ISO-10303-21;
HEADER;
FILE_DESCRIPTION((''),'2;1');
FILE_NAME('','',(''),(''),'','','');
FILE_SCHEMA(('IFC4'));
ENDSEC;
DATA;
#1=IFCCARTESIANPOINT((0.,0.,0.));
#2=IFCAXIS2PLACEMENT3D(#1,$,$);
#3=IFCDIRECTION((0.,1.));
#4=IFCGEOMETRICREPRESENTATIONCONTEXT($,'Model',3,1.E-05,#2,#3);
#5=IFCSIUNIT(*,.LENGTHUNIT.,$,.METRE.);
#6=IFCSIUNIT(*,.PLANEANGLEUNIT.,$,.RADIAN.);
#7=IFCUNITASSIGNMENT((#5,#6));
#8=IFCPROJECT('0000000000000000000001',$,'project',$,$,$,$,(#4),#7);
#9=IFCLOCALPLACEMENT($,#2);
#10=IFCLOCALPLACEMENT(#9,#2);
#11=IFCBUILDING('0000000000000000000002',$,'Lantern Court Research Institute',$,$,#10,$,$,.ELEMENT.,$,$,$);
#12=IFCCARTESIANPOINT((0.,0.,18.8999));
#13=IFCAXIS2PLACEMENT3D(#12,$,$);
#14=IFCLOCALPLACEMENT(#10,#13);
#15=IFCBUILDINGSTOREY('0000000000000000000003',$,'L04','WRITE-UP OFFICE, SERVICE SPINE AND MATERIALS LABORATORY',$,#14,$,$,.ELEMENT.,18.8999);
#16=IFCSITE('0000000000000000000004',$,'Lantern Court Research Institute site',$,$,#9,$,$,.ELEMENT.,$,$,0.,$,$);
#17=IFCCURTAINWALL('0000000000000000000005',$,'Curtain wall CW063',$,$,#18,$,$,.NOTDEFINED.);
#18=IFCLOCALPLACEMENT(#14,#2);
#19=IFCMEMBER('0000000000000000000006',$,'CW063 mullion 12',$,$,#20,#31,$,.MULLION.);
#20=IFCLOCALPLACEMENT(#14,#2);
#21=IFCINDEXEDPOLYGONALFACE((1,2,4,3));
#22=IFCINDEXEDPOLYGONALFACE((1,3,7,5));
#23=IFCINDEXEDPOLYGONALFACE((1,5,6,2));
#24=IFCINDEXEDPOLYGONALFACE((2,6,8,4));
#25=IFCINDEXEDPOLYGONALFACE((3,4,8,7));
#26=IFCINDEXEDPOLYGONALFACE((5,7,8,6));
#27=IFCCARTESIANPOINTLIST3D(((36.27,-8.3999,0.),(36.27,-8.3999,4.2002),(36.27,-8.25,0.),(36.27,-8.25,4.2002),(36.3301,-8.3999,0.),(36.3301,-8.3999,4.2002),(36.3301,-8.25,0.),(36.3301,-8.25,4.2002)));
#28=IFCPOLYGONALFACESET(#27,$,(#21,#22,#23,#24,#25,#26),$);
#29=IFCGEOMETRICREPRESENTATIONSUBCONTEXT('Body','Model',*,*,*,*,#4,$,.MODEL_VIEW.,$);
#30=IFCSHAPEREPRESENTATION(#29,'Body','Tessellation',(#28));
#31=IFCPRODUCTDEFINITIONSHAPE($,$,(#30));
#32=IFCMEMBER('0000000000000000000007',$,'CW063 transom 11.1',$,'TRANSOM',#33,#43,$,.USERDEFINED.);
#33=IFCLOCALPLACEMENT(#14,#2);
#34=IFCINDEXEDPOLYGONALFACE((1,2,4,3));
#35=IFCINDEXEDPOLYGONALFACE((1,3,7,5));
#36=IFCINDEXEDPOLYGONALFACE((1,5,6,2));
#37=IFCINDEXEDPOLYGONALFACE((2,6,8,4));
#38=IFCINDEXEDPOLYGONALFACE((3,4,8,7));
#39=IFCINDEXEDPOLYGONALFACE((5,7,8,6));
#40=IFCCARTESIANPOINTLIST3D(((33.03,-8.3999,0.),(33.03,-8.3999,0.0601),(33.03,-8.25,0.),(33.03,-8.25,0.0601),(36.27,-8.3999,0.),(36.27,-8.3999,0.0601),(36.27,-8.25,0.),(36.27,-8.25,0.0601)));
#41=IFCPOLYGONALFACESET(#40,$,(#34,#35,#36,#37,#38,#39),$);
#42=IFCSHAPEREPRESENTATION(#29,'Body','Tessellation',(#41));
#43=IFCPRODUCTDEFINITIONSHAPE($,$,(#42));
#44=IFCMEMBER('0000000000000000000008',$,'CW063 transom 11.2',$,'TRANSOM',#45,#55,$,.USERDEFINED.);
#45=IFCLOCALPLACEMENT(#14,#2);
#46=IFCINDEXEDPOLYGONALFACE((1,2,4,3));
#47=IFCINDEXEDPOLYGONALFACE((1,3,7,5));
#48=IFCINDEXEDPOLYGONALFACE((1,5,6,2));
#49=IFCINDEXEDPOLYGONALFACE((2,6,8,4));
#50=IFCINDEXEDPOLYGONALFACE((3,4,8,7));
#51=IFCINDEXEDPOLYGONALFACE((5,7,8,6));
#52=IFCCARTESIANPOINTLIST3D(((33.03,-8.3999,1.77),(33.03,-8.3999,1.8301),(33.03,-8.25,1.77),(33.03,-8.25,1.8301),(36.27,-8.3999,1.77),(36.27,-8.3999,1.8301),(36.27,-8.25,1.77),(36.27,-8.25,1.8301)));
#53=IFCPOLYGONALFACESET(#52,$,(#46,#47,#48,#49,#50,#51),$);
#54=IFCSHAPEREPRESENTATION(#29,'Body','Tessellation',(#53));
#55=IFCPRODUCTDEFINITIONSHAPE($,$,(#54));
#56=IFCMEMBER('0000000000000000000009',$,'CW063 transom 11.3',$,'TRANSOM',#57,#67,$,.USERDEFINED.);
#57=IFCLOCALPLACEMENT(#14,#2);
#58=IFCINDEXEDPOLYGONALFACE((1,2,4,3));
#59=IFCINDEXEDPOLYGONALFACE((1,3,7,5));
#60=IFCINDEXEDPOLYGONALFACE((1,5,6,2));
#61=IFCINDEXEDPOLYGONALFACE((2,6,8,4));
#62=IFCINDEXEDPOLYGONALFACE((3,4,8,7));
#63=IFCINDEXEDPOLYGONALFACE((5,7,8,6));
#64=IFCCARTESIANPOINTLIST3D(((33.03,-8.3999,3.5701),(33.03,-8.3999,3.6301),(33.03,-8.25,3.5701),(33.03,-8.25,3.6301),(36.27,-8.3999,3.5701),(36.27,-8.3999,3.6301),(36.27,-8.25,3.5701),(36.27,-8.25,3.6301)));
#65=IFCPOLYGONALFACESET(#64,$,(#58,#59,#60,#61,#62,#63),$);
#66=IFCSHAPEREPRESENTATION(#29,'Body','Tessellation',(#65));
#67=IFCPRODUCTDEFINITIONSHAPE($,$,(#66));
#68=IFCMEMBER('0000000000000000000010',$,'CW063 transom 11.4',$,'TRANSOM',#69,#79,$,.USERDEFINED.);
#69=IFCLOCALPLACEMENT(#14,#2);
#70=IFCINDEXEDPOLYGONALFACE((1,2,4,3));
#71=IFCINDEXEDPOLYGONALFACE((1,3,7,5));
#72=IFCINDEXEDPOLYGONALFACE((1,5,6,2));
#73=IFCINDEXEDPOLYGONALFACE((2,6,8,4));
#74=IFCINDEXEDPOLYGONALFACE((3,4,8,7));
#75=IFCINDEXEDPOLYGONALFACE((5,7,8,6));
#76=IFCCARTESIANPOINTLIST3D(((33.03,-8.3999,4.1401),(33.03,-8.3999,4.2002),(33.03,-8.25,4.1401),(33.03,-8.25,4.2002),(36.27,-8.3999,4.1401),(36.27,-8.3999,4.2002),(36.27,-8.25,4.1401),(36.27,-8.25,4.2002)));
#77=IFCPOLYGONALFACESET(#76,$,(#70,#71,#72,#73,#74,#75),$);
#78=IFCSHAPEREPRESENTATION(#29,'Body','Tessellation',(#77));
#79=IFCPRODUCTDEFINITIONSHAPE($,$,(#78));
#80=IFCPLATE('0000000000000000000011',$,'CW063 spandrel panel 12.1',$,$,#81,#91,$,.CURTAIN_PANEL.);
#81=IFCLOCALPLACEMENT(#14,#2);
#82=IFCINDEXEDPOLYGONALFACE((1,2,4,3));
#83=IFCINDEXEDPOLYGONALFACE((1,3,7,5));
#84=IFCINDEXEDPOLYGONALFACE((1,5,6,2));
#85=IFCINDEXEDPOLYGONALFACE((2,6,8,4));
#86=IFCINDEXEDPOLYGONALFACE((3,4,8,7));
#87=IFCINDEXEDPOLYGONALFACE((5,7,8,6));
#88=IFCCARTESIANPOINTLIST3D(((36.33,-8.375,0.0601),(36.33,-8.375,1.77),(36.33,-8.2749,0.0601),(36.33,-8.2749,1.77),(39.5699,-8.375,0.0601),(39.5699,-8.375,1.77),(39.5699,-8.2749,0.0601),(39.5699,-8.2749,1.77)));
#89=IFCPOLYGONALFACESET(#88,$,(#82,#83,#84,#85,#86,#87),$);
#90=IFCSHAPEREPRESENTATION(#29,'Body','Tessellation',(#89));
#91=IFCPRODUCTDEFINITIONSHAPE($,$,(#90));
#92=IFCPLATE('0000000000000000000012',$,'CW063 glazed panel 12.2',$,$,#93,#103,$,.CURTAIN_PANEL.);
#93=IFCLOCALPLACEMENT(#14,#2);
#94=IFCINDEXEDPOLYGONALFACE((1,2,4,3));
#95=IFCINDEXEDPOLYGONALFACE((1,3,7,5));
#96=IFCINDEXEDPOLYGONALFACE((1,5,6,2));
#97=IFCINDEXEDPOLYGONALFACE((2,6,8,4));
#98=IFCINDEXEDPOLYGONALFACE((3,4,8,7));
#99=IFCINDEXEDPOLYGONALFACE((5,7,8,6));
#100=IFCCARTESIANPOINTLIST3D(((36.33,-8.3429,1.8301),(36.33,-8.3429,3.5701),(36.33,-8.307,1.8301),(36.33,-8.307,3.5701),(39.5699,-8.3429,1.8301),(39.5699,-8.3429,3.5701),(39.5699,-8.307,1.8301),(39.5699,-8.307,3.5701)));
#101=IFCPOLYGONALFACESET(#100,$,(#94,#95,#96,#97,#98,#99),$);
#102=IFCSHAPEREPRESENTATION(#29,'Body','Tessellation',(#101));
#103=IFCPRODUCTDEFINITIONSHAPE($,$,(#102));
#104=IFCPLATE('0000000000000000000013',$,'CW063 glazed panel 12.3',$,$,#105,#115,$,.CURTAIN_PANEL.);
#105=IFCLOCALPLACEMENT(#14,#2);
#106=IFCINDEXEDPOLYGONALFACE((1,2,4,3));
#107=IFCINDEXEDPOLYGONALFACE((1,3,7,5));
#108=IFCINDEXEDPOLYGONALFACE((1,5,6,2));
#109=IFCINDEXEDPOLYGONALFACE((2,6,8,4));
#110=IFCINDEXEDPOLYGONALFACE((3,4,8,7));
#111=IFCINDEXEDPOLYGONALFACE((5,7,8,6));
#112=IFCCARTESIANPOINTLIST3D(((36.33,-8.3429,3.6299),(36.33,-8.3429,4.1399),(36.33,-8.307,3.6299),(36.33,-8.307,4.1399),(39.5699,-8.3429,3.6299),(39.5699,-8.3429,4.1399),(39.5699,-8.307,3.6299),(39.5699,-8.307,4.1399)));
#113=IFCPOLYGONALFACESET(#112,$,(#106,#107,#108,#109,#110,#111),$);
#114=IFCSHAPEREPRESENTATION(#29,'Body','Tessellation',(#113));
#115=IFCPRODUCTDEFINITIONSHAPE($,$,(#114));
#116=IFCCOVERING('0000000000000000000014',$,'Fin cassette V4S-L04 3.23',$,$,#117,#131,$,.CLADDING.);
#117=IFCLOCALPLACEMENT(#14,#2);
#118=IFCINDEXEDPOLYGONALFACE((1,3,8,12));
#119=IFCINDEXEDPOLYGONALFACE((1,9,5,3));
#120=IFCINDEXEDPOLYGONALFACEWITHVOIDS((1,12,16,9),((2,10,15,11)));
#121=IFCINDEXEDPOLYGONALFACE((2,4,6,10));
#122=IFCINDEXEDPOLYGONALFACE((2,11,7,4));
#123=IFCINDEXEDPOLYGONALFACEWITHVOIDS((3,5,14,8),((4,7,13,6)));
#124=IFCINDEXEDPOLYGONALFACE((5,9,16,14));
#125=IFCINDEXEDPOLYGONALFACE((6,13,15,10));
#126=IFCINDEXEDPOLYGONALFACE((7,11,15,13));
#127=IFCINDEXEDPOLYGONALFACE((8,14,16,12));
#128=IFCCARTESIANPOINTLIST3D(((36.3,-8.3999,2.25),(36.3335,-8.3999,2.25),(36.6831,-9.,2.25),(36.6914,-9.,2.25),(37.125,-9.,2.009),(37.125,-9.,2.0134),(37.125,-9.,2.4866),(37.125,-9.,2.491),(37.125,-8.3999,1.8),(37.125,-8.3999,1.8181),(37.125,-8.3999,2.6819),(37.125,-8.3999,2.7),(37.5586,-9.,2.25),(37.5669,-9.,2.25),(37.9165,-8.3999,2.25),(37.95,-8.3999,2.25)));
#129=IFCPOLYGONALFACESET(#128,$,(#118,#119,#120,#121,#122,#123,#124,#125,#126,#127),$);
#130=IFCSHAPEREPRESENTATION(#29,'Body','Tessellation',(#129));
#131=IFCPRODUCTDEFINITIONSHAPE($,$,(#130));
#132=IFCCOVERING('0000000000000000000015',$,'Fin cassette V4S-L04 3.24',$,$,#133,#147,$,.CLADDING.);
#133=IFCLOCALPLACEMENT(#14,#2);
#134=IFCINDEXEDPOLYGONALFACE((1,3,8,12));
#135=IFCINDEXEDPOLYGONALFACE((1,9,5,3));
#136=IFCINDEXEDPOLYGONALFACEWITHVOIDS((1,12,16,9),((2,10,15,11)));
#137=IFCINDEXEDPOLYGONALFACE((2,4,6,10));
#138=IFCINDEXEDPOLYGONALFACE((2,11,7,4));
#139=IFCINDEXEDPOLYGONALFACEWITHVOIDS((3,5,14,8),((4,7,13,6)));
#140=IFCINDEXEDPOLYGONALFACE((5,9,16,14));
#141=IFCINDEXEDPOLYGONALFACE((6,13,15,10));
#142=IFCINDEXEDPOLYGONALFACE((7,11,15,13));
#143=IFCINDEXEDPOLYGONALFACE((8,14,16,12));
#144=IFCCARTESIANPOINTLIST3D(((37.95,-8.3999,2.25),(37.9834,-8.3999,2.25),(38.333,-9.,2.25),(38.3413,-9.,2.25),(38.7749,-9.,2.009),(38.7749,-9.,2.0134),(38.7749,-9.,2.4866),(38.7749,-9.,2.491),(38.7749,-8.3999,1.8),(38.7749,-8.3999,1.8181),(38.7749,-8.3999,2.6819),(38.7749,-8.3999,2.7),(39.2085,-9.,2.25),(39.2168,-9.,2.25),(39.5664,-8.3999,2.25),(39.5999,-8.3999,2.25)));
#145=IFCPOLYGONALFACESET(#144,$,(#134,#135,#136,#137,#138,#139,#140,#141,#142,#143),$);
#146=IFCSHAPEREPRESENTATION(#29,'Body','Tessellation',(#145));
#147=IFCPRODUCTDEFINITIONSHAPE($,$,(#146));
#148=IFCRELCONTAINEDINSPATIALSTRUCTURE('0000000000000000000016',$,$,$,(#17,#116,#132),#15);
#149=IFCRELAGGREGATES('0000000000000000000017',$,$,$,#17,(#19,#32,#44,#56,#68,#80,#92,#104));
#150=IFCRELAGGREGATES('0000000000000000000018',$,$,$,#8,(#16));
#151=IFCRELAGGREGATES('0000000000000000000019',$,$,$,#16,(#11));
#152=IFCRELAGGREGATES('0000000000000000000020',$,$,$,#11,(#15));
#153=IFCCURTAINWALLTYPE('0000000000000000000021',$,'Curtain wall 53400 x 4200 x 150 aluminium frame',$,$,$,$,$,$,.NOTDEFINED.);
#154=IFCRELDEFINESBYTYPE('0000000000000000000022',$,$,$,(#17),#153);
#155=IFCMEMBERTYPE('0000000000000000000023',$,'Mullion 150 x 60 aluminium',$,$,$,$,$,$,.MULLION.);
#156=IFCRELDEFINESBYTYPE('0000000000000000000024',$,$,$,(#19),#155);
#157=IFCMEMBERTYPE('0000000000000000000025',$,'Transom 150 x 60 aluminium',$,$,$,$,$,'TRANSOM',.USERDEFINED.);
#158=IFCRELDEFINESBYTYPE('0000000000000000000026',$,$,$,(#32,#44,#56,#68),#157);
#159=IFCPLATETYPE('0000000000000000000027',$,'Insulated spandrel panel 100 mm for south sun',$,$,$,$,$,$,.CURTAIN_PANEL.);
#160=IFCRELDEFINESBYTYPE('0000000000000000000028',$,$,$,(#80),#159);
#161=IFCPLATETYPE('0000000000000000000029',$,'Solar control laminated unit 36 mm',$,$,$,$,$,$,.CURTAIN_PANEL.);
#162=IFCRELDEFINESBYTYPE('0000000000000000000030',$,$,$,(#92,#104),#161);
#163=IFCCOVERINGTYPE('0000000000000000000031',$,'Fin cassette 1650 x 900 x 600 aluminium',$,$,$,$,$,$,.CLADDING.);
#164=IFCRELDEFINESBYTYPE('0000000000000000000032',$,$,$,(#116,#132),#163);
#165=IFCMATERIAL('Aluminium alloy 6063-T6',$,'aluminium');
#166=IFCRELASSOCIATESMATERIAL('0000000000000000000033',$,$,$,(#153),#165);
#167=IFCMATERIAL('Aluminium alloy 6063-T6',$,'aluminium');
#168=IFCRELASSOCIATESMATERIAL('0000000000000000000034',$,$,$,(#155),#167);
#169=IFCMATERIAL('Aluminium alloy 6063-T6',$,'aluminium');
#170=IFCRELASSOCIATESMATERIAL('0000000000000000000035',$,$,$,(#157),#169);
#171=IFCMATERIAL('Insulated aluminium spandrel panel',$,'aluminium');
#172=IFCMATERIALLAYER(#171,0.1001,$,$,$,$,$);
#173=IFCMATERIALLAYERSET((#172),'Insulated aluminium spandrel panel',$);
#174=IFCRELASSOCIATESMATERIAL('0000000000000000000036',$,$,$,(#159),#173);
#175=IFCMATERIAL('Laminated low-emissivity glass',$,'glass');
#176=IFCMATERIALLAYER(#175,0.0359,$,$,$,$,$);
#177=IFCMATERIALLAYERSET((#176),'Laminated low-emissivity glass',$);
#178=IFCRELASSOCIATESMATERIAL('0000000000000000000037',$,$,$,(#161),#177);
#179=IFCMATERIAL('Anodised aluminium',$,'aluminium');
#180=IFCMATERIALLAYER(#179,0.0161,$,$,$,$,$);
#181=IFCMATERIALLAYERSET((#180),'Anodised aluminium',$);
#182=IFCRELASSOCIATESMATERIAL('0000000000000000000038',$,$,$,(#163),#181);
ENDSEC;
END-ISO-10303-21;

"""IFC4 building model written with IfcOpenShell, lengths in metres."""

from ifc_helpers import new_model, entity, si_unit, direction, frame, origin, origin_2d, place, context, subcontext, project, spatial, rectangle, extrude, material, layer, layer_set, material_profile, profile_set, type_object, element, aggregate, save


model = new_model("IFC4")

# Units and contexts
model_context = context("Model", 3, precision=1e-05, world=origin(), true_north=direction((0.0, 1.0)))
body_context = subcontext(model_context, "Body", "Model", "MODEL_VIEW")
ifc_project = project(units=[si_unit("LENGTHUNIT", "METRE"), si_unit("PLANEANGLEUNIT", "RADIAN")], contexts=[model_context])

# Site, building, storey
site_placement = place(None, origin())
site = spatial("IfcSite", under=ifc_project, at=site_placement, Name="Lantern Court Research Institute site", CompositionType="ELEMENT", RefElevation=0.0)
building_placement = place(site_placement, origin())
building = spatial("IfcBuilding", under=site, at=building_placement, Name="Lantern Court Research Institute", CompositionType="ELEMENT")
storey_placement = place(building_placement, frame((0.0, 0.0, 18.8999)))
storey = spatial("IfcBuildingStorey", under=building, at=storey_placement, Name="L04", Description="WRITE-UP OFFICE, SERVICE SPINE AND MATERIALS LABORATORY", CompositionType="ELEMENT", Elevation=18.8999)

# Curtain wall, members, plates
ifc_material_1 = material(Name="Aluminium alloy 6063-T6", Category="aluminium")
curtain_wall_type = type_object("IfcCurtainWallType", Name="Curtain wall 53400 x 4200 x 150 aluminium frame", PredefinedType="NOTDEFINED", material=ifc_material_1)
curtain_wall_placement = place(storey_placement, origin())
curtain_wall = element("IfcCurtainWall", 1, at=curtain_wall_placement, inside=storey, type_object=curtain_wall_type, Name="Curtain wall CW063", PredefinedType="NOTDEFINED")
ifc_material_2 = material(Name="Aluminium alloy 6063-T6", Category="aluminium")
ifc_material_profile_1 = material_profile(ifc_material_2, rectangle(XDim=0.1499, YDim=0.0601, at=origin_2d()), Name="Mullion 150 x 60")
ifc_profile_set_1 = profile_set([ifc_material_profile_1], Name="Aluminium alloy 6063-T6")
member_type_1 = type_object("IfcMemberType", Name="Mullion 150 x 60 aluminium", PredefinedType="MULLION", material=ifc_profile_set_1)
member_1_placement = place(storey_placement, frame((36.3, -8.325, 0.0), z_axis=(0.0, 0.0, 1.0), x_axis=(0.0, -1.0, 0.0)))
member_1 = element("IfcMember", 2, at=member_1_placement, type_object=member_type_1, Name="CW063 mullion 12", PredefinedType="MULLION", context=body_context, shape_type="SweptSolid", body=[
    extrude(rectangle(XDim=0.1499, YDim=0.0601, at=origin_2d()), origin(), (0.0, 0.0, 1.0), 4.2002),
])
ifc_material_3 = material(Name="Aluminium alloy 6063-T6", Category="aluminium")
ifc_material_profile_2 = material_profile(ifc_material_3, rectangle(XDim=0.1499, YDim=0.0601, at=origin_2d()), Name="Transom 150 x 60")
ifc_profile_set_2 = profile_set([ifc_material_profile_2], Name="Aluminium alloy 6063-T6")
member_type_2 = type_object("IfcMemberType", Name="Transom 150 x 60 aluminium", ElementType="TRANSOM", PredefinedType="USERDEFINED", material=ifc_profile_set_2)
member_2_placement = place(storey_placement, frame((36.27, -8.325, 0.03), z_axis=(-1.0, 0.0, 0.0), x_axis=(0.0, -1.0, 0.0)))
member_2 = element("IfcMember", 3, at=member_2_placement, type_object=member_type_2, Name="CW063 transom 11.1", ObjectType="TRANSOM", PredefinedType="USERDEFINED", context=body_context, shape_type="SweptSolid", body=[
    extrude(rectangle(XDim=0.1499, YDim=0.0601, at=origin_2d()), origin(), (0.0, 0.0, 1.0), 3.24),
])
member_3_placement = place(storey_placement, frame((36.27, -8.325, 1.8), z_axis=(-1.0, 0.0, 0.0), x_axis=(0.0, -1.0, 0.0)))
member_3 = element("IfcMember", 4, at=member_3_placement, type_object=member_type_2, Name="CW063 transom 11.2", ObjectType="TRANSOM", PredefinedType="USERDEFINED", context=body_context, shape_type="SweptSolid", body=[
    extrude(rectangle(XDim=0.1499, YDim=0.0601, at=origin_2d()), origin(), (0.0, 0.0, 1.0), 3.24),
])
member_4_placement = place(storey_placement, frame((36.27, -8.325, 3.6001), z_axis=(-1.0, 0.0, 0.0), x_axis=(0.0, -1.0, 0.0)))
member_4 = element("IfcMember", 5, at=member_4_placement, type_object=member_type_2, Name="CW063 transom 11.3", ObjectType="TRANSOM", PredefinedType="USERDEFINED", context=body_context, shape_type="SweptSolid", body=[
    extrude(rectangle(XDim=0.1499, YDim=0.0601, at=origin_2d()), origin(), (0.0, 0.0, 1.0), 3.24),
])
member_5_placement = place(storey_placement, frame((36.27, -8.325, 4.1702), z_axis=(-1.0, 0.0, 0.0), x_axis=(0.0, -1.0, 0.0)))
member_5 = element("IfcMember", 6, at=member_5_placement, type_object=member_type_2, Name="CW063 transom 11.4", ObjectType="TRANSOM", PredefinedType="USERDEFINED", context=body_context, shape_type="SweptSolid", body=[
    extrude(rectangle(XDim=0.1499, YDim=0.0601, at=origin_2d()), origin(), (0.0, 0.0, 1.0), 3.24),
])
ifc_material_4 = material(Name="Insulated aluminium spandrel panel", Category="aluminium")
ifc_layer_1 = layer(ifc_material_4, 0.1001)
ifc_layer_set_1 = layer_set([ifc_layer_1], Name="Insulated aluminium spandrel panel")
plate_type_1 = type_object("IfcPlateType", Name="Insulated spandrel panel 100 mm for south sun", PredefinedType="CURTAIN_PANEL", material=ifc_layer_set_1)
plate_1_placement = place(storey_placement, frame((37.95, -8.325, 0.0601), z_axis=(0.0, 0.0, 1.0), x_axis=(-1.0, 0.0, 0.0)))
plate_1 = element("IfcPlate", 7, at=plate_1_placement, type_object=plate_type_1, Name="CW063 spandrel panel 12.1", PredefinedType="CURTAIN_PANEL", context=body_context, shape_type="SweptSolid", body=[
    extrude(rectangle(XDim=3.24, YDim=0.1001, at=origin_2d()), origin(), (0.0, 0.0, 1.0), 1.71),
])
ifc_material_5 = material(Name="Laminated low-emissivity glass", Category="glass")
ifc_layer_2 = layer(ifc_material_5, 0.0359)
ifc_layer_set_2 = layer_set([ifc_layer_2], Name="Laminated low-emissivity glass")
plate_type_2 = type_object("IfcPlateType", Name="Solar control laminated unit 36 mm", PredefinedType="CURTAIN_PANEL", material=ifc_layer_set_2)
plate_2_placement = place(storey_placement, frame((37.95, -8.325, 1.8301), z_axis=(0.0, 0.0, 1.0), x_axis=(-1.0, 0.0, 0.0)))
plate_2 = element("IfcPlate", 8, at=plate_2_placement, type_object=plate_type_2, Name="CW063 glazed panel 12.2", PredefinedType="CURTAIN_PANEL", context=body_context, shape_type="SweptSolid", body=[
    extrude(rectangle(XDim=3.24, YDim=0.0359, at=origin_2d()), origin(), (0.0, 0.0, 1.0), 1.74),
])
plate_3_placement = place(storey_placement, frame((37.95, -8.325, 3.6299), z_axis=(0.0, 0.0, 1.0), x_axis=(-1.0, 0.0, 0.0)))
plate_3 = element("IfcPlate", 9, at=plate_3_placement, type_object=plate_type_2, Name="CW063 glazed panel 12.3", PredefinedType="CURTAIN_PANEL", context=body_context, shape_type="SweptSolid", body=[
    extrude(rectangle(XDim=3.24, YDim=0.0359, at=origin_2d()), origin(), (0.0, 0.0, 1.0), 0.51),
])
aggregate(curtain_wall, [member_1, member_2, member_3, member_4, member_5, plate_1, plate_2, plate_3])

# Coverings
ifc_material_6 = material(Name="Anodised aluminium", Category="aluminium")
ifc_layer_3 = layer(ifc_material_6, 0.0161)
ifc_layer_set_3 = layer_set([ifc_layer_3], Name="Anodised aluminium")
covering_type = type_object("IfcCoveringType", Name="Fin cassette 1650 x 900 x 600 aluminium", PredefinedType="CLADDING", material=ifc_layer_set_3)
covering_1_placement = place(storey_placement, frame((37.125, -8.3999, 2.25), z_axis=(0.0, -1.0, 0.0), x_axis=(1.0, 0.0, 0.0)))
cartesian_point_1 = entity("IfcCartesianPoint", [0.825, 0.0])
cartesian_point_2 = entity("IfcCartesianPoint", [0.7915, 0.0])
cartesian_point_3 = entity("IfcCartesianPoint", [0.4419, 0.0])
cartesian_point_4 = entity("IfcCartesianPoint", [0.4336, 0.0])
element("IfcCovering", 10, at=covering_1_placement, inside=storey, type_object=covering_type, Name="Fin cassette V4S-L04 3.23", PredefinedType="CLADDING", context=body_context, shape_type="SweptSolid", body=[
    entity("IfcExtrudedAreaSolidTapered", entity("IfcArbitraryProfileDefWithVoids", "AREA", None, entity("IfcPolyline", [cartesian_point_1, entity("IfcCartesianPoint", [0.0, 0.45]), entity("IfcCartesianPoint", [-0.825, 0.0]), entity("IfcCartesianPoint", [0.0, -0.45]), cartesian_point_1]), [entity("IfcPolyline", [cartesian_point_2, entity("IfcCartesianPoint", [0.0, 0.4319]), entity("IfcCartesianPoint", [-0.7915, 0.0]), entity("IfcCartesianPoint", [0.0, -0.4319]), cartesian_point_2])]), entity("IfcAxis2Placement3D", entity("IfcCartesianPoint", [0.0, 0.0, 0.0])), entity("IfcDirection", [0.0, 0.0, 1.0]), 0.6001, entity("IfcArbitraryProfileDefWithVoids", "AREA", None, entity("IfcPolyline", [cartesian_point_3, entity("IfcCartesianPoint", [0.0, 0.241]), entity("IfcCartesianPoint", [-0.4419, 0.0]), entity("IfcCartesianPoint", [0.0, -0.241]), cartesian_point_3]), [entity("IfcPolyline", [cartesian_point_4, entity("IfcCartesianPoint", [0.0, 0.2366]), entity("IfcCartesianPoint", [-0.4336, 0.0]), entity("IfcCartesianPoint", [0.0, -0.2366]), cartesian_point_4])])),
])
covering_2_placement = place(storey_placement, frame((38.7749, -8.3999, 2.25), z_axis=(0.0, -1.0, 0.0), x_axis=(1.0, 0.0, 0.0)))
cartesian_point_5 = entity("IfcCartesianPoint", [0.825, 0.0])
cartesian_point_6 = entity("IfcCartesianPoint", [0.7915, 0.0])
cartesian_point_7 = entity("IfcCartesianPoint", [0.4419, 0.0])
cartesian_point_8 = entity("IfcCartesianPoint", [0.4336, 0.0])
element("IfcCovering", 11, at=covering_2_placement, inside=storey, type_object=covering_type, Name="Fin cassette V4S-L04 3.24", PredefinedType="CLADDING", context=body_context, shape_type="SweptSolid", body=[
    entity("IfcExtrudedAreaSolidTapered", entity("IfcArbitraryProfileDefWithVoids", "AREA", None, entity("IfcPolyline", [cartesian_point_5, entity("IfcCartesianPoint", [0.0, 0.45]), entity("IfcCartesianPoint", [-0.825, 0.0]), entity("IfcCartesianPoint", [0.0, -0.45]), cartesian_point_5]), [entity("IfcPolyline", [cartesian_point_6, entity("IfcCartesianPoint", [0.0, 0.4319]), entity("IfcCartesianPoint", [-0.7915, 0.0]), entity("IfcCartesianPoint", [0.0, -0.4319]), cartesian_point_6])]), entity("IfcAxis2Placement3D", entity("IfcCartesianPoint", [0.0, 0.0, 0.0])), entity("IfcDirection", [0.0, 0.0, 1.0]), 0.6001, entity("IfcArbitraryProfileDefWithVoids", "AREA", None, entity("IfcPolyline", [cartesian_point_7, entity("IfcCartesianPoint", [0.0, 0.241]), entity("IfcCartesianPoint", [-0.4419, 0.0]), entity("IfcCartesianPoint", [0.0, -0.241]), cartesian_point_7]), [entity("IfcPolyline", [cartesian_point_8, entity("IfcCartesianPoint", [0.0, 0.2366]), entity("IfcCartesianPoint", [-0.4336, 0.0]), entity("IfcCartesianPoint", [0.0, -0.2366]), cartesian_point_8])])),
])

save(model, "model.ifc")
